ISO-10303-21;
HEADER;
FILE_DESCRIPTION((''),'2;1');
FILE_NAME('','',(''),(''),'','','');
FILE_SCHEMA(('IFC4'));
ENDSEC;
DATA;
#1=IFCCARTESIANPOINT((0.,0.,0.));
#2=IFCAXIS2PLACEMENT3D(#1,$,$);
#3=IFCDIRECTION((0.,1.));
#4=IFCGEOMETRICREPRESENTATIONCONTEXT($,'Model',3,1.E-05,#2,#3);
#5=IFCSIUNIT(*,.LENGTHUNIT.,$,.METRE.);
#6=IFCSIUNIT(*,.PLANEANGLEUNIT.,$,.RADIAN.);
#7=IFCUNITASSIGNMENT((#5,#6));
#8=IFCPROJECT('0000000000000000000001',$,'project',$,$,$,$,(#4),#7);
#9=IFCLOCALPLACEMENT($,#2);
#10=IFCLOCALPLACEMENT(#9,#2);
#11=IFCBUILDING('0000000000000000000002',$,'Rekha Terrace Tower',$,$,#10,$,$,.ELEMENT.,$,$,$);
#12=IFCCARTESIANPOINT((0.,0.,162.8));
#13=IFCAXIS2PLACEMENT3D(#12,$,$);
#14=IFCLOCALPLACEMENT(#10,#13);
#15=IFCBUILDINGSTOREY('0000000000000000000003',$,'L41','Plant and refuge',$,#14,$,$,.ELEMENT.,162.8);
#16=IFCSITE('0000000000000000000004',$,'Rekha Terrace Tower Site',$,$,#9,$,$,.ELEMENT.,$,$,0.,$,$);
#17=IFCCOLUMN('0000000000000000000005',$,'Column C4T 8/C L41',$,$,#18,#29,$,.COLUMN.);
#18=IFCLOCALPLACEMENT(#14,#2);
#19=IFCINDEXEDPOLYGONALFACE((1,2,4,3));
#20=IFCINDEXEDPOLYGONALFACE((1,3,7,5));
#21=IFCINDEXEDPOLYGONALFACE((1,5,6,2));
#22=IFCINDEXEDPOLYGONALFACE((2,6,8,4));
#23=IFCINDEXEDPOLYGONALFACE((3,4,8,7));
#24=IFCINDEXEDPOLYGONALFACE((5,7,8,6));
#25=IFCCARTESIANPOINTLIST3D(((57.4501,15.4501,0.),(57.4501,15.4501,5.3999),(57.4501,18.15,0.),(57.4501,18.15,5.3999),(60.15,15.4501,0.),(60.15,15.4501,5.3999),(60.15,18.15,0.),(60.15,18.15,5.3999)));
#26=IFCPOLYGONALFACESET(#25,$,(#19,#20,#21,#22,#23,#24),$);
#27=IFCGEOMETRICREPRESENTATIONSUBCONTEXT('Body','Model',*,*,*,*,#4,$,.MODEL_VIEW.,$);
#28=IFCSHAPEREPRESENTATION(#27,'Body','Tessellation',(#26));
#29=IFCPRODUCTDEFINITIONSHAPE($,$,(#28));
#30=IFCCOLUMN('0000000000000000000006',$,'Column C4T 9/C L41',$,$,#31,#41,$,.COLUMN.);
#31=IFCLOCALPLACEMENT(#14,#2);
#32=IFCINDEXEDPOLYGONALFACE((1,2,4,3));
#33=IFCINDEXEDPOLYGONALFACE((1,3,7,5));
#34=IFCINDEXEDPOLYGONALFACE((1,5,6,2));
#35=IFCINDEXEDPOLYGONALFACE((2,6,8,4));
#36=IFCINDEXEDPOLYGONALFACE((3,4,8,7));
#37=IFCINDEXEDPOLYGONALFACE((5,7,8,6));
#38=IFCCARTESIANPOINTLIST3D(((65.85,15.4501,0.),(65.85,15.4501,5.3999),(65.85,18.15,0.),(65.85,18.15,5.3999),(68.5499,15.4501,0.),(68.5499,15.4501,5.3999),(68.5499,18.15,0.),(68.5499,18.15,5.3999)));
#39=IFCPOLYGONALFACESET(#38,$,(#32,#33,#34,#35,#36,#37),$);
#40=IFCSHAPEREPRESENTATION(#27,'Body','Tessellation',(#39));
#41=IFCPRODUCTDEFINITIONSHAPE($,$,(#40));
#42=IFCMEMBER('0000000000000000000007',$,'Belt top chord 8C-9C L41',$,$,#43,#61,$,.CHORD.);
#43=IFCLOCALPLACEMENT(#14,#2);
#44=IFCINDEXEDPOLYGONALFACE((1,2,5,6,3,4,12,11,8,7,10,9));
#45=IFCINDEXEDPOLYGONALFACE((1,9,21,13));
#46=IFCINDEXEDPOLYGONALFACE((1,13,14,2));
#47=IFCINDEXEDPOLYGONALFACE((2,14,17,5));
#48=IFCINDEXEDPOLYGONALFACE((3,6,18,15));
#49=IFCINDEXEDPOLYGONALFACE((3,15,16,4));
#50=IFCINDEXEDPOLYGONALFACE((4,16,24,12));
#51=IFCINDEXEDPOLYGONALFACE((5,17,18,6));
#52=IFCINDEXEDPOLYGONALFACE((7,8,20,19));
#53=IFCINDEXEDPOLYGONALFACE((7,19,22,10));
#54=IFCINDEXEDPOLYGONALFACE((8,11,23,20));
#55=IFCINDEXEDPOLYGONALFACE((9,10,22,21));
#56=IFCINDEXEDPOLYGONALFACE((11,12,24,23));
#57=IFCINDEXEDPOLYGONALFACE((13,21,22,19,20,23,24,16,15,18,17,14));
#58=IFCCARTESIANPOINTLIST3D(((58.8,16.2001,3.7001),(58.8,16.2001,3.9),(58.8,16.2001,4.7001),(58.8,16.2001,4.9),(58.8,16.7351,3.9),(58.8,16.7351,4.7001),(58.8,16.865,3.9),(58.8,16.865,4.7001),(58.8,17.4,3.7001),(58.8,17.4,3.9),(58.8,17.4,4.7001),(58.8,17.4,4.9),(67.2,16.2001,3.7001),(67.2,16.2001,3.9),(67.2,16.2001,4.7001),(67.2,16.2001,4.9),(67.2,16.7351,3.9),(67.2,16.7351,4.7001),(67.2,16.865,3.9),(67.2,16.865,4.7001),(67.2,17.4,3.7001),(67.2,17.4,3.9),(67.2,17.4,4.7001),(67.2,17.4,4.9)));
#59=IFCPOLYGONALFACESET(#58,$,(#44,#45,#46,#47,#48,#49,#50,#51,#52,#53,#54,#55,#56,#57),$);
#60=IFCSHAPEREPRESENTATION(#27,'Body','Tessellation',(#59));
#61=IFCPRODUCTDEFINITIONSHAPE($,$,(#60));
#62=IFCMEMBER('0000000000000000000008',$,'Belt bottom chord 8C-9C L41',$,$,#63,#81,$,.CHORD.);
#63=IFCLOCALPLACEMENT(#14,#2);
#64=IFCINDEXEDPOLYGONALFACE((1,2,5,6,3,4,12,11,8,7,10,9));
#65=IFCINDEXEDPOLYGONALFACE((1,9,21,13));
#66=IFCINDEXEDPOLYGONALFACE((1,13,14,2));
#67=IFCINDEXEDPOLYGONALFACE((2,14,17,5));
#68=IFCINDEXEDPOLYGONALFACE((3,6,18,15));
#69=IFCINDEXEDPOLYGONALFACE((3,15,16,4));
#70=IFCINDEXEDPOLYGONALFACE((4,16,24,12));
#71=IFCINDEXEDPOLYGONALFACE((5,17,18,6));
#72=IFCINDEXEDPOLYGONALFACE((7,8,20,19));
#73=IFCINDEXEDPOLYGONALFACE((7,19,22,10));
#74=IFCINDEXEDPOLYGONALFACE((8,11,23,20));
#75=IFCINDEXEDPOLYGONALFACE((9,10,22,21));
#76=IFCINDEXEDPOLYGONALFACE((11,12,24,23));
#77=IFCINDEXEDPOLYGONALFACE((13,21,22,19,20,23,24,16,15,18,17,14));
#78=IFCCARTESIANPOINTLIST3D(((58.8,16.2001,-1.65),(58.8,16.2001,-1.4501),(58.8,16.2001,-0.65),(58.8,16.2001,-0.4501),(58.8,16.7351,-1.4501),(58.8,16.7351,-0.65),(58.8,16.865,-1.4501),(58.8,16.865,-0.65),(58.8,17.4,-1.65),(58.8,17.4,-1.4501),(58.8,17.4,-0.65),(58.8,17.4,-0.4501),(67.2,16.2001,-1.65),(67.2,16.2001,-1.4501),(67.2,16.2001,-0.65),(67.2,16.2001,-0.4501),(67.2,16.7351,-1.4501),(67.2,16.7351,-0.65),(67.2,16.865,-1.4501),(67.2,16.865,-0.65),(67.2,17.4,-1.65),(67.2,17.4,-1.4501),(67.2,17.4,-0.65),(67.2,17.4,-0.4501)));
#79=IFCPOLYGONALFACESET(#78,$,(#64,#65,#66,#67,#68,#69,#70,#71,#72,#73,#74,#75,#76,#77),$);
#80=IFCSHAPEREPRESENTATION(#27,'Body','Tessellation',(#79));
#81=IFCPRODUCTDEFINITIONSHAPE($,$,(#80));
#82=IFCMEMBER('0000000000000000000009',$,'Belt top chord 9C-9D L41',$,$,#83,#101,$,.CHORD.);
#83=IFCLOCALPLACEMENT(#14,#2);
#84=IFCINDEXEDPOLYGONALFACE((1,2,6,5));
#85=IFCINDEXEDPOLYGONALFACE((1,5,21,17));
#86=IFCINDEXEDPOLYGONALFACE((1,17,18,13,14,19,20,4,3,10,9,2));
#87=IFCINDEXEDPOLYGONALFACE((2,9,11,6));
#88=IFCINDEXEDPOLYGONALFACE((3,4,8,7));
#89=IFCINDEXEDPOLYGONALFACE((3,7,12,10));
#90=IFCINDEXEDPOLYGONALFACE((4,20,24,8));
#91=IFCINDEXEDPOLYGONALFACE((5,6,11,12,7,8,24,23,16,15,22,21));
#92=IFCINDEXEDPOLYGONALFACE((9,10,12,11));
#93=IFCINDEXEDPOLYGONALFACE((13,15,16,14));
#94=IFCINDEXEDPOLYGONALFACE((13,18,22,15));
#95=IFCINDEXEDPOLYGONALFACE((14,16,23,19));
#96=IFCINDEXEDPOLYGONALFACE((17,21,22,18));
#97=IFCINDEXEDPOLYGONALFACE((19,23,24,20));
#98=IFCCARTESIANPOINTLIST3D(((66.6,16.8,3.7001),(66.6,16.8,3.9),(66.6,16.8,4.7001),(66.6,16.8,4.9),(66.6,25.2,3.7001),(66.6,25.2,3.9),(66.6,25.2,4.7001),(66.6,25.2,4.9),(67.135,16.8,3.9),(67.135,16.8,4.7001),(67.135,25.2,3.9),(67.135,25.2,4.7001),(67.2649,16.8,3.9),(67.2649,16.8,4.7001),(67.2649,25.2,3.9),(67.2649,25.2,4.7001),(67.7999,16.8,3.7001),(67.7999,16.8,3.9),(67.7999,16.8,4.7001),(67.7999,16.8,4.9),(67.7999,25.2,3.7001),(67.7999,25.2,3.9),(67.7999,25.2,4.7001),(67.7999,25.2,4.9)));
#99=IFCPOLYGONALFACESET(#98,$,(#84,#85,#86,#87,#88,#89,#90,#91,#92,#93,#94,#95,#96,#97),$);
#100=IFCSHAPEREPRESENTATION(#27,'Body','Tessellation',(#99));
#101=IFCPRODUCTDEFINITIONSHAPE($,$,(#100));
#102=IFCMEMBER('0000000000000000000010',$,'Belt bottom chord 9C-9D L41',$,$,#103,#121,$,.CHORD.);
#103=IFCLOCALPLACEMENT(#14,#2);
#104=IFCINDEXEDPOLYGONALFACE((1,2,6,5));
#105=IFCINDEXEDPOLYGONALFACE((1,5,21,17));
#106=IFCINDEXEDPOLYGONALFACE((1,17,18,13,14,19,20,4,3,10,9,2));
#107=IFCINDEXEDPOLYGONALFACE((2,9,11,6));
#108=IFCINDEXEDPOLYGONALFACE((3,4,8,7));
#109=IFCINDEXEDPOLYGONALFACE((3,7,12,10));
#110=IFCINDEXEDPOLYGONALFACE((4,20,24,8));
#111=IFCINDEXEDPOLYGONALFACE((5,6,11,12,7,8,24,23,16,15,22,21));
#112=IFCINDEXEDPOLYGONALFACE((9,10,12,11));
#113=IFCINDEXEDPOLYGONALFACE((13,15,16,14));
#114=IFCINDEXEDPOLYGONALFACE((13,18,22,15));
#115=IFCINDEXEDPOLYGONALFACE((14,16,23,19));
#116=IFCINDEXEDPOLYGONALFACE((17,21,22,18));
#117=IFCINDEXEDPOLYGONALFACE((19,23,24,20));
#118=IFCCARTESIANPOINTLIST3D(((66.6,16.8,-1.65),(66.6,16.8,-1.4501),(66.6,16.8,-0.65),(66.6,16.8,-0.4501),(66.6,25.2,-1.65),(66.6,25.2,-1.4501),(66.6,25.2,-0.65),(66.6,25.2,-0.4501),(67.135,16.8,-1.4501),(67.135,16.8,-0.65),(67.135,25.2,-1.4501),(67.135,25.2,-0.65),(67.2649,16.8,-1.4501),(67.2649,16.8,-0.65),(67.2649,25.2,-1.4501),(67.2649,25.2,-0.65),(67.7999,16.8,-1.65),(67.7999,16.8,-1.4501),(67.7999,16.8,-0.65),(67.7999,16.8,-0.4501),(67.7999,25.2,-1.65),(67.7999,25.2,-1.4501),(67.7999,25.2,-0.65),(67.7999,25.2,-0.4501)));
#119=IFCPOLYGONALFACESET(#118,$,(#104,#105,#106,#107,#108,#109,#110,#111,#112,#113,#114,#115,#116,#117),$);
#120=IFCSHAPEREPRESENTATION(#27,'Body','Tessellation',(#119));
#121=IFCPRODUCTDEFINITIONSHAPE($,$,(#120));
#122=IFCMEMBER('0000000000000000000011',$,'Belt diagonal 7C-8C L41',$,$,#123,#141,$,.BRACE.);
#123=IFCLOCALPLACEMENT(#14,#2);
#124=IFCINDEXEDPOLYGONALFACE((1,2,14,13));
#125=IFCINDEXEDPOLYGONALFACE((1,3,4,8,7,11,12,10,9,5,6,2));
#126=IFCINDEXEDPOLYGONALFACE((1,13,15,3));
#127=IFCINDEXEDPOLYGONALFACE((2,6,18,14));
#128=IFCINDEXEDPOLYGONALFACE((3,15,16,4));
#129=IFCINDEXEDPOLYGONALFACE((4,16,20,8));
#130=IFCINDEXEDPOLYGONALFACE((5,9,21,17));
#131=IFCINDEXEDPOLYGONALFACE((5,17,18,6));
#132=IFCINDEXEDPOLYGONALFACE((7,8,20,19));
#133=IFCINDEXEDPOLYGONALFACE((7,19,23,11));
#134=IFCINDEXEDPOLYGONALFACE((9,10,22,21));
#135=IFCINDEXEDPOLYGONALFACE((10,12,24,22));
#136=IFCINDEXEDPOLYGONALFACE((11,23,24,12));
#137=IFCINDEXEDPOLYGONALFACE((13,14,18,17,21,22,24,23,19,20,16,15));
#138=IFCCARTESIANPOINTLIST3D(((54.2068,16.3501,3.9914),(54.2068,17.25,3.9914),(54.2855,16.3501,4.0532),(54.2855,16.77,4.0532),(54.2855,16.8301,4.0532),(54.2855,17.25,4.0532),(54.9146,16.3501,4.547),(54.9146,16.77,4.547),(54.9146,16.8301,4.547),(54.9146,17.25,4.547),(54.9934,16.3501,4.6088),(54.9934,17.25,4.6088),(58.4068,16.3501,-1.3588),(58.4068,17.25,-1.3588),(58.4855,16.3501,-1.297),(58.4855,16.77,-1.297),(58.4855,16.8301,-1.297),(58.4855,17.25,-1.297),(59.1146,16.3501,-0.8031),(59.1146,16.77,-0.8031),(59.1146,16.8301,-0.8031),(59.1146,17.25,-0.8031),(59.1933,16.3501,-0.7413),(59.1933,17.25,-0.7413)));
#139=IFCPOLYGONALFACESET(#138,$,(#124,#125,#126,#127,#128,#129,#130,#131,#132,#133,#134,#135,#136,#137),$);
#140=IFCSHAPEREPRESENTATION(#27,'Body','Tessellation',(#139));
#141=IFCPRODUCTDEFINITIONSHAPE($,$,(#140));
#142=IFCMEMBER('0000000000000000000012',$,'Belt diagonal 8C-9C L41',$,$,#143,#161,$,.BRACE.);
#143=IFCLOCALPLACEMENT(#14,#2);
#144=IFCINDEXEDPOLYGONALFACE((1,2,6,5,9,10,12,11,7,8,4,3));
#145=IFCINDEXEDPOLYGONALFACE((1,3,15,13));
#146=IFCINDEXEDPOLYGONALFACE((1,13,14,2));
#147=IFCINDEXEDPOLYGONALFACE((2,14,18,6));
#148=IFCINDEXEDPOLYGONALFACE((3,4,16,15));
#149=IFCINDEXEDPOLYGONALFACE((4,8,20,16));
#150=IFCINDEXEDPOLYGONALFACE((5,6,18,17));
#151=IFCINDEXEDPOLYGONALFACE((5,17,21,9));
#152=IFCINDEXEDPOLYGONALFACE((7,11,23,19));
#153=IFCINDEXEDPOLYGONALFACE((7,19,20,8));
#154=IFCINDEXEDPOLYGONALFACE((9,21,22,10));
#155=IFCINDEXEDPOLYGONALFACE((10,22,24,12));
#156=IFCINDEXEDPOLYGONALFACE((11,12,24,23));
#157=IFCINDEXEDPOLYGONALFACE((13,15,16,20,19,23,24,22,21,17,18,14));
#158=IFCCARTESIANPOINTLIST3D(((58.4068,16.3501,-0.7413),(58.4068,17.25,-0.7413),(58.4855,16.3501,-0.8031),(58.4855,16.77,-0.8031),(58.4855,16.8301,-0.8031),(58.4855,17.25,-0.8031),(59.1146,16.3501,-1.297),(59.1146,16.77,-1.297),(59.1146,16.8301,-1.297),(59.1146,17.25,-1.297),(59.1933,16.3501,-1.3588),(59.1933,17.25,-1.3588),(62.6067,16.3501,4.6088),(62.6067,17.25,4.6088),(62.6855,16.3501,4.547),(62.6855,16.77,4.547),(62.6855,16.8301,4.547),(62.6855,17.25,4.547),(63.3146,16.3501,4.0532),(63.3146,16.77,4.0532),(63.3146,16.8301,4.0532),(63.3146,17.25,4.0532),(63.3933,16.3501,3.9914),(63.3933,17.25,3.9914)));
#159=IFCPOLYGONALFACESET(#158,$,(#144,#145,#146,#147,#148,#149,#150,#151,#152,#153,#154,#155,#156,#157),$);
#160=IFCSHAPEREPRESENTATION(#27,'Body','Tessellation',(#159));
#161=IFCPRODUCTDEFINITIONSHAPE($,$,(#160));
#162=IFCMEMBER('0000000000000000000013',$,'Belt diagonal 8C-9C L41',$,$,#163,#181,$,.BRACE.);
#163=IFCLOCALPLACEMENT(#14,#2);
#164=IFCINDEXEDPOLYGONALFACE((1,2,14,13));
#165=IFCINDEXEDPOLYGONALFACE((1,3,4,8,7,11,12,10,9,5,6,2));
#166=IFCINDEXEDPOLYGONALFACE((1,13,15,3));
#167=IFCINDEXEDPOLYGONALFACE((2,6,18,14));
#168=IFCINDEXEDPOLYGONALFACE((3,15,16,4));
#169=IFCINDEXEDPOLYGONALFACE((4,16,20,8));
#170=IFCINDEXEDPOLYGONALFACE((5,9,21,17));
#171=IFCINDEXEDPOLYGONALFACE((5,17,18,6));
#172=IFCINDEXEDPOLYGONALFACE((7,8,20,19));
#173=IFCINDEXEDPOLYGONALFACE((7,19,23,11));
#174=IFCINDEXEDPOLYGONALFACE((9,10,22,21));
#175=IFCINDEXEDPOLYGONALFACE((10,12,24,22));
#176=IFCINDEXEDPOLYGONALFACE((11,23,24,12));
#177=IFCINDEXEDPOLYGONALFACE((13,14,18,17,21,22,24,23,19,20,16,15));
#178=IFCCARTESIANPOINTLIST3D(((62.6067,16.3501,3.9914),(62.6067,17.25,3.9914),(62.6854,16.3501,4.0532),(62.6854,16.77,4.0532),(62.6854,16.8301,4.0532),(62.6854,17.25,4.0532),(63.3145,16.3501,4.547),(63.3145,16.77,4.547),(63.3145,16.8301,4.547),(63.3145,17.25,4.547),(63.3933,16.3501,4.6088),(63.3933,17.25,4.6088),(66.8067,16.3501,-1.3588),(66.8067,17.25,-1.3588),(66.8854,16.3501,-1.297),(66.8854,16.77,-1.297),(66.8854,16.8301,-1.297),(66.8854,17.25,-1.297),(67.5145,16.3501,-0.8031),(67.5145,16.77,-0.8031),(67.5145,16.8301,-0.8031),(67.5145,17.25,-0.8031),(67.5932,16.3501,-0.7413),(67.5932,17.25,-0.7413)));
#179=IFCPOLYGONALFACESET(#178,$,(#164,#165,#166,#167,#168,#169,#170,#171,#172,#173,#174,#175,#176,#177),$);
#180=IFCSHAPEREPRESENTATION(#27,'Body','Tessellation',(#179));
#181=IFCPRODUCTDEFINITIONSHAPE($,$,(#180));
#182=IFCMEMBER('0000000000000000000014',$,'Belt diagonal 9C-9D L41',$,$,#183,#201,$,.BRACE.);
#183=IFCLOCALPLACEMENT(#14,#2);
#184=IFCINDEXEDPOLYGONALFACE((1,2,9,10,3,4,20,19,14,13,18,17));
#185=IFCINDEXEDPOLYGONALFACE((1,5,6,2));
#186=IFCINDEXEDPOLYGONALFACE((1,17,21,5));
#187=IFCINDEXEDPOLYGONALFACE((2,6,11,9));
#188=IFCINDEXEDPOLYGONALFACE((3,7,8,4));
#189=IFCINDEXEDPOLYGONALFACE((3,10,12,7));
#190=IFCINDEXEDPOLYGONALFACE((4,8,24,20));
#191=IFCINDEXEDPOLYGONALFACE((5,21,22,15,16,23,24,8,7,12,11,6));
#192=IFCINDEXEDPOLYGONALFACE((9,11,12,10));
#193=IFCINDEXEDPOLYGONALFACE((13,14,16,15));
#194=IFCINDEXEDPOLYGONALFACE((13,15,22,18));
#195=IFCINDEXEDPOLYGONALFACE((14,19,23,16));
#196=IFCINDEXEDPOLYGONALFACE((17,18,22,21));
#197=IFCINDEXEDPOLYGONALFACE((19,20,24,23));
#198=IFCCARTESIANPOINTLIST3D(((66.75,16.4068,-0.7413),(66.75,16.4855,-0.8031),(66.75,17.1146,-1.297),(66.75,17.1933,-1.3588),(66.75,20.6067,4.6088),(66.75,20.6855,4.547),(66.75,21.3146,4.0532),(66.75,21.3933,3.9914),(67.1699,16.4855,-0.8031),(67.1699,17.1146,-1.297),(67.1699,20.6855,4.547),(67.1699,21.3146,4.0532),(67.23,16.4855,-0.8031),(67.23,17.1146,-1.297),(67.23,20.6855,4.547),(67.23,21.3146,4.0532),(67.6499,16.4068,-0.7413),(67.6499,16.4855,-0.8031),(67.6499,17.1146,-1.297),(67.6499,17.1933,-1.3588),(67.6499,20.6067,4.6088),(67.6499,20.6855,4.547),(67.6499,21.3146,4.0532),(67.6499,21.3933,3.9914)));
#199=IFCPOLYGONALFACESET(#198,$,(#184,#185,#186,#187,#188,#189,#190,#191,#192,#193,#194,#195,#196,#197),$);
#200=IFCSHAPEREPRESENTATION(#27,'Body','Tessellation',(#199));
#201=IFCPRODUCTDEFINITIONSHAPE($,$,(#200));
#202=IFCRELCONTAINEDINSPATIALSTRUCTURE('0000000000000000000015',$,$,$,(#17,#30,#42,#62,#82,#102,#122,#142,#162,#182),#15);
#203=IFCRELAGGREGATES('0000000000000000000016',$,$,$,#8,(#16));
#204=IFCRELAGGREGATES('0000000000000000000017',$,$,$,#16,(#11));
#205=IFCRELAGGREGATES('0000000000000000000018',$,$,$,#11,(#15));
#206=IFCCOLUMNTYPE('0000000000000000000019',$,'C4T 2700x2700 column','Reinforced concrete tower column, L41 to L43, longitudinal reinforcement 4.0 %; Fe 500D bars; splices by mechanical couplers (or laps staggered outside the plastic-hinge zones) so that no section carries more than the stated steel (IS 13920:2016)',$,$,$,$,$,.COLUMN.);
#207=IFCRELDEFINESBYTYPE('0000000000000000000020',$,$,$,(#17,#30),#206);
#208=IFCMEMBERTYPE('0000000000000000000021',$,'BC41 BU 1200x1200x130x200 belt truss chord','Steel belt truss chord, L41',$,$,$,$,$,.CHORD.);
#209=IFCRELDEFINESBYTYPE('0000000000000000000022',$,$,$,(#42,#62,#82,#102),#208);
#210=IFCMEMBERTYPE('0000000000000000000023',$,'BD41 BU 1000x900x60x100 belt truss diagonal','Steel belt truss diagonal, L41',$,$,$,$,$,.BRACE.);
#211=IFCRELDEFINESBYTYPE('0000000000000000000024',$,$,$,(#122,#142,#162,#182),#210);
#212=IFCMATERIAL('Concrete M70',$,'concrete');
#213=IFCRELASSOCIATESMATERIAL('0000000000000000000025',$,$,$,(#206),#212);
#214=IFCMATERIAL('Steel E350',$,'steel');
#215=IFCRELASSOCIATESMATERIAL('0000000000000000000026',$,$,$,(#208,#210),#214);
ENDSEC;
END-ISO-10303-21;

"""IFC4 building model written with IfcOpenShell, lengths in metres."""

from ifc_helpers import new_model, si_unit, direction, frame, origin, origin_2d, place, context, subcontext, project, spatial, rectangle, i_section, extrude, material, material_profile, profile_set, type_object, element, save


model = new_model("IFC4")

# Units and contexts
model_context = context("Model", 3, precision=1e-05, world=origin(), true_north=direction((0.0, 1.0)))
body_context = subcontext(model_context, "Body", "Model", "MODEL_VIEW")
ifc_project = project(units=[si_unit("LENGTHUNIT", "METRE"), si_unit("PLANEANGLEUNIT", "RADIAN")], contexts=[model_context])

# Site, building, storey
site_placement = place(None, origin())
site = spatial("IfcSite", under=ifc_project, at=site_placement, Name="Rekha Terrace Tower Site", CompositionType="ELEMENT", RefElevation=0.0)
building_placement = place(site_placement, origin())
building = spatial("IfcBuilding", under=site, at=building_placement, Name="Rekha Terrace Tower", CompositionType="ELEMENT")
storey_placement = place(building_placement, frame((0.0, 0.0, 162.8)))
storey = spatial("IfcBuildingStorey", under=building, at=storey_placement, Name="L41", Description="Plant and refuge", CompositionType="ELEMENT", Elevation=162.8)

# Columns
ifc_material_1 = material(Name="Concrete M70", Category="concrete")
ifc_material_profile_1 = material_profile(ifc_material_1, rectangle(XDim=2.7, YDim=2.7, at=origin_2d()), Name="RC 2700x2700")
ifc_profile_set_1 = profile_set([ifc_material_profile_1], Name="Concrete M70")
column_type = type_object("IfcColumnType", Name="C4T 2700x2700 column", Description="Reinforced concrete tower column, L41 to L43, longitudinal reinforcement 4.0 %; Fe 500D bars; splices by mechanical couplers (or laps staggered outside the plastic-hinge zones) so that no section carries more than the stated steel (IS 13920:2016)", PredefinedType="COLUMN", material=ifc_profile_set_1)
for number, where, z_axis, x_axis, name in (
    (1, (58.8, 16.8, 0.0), (0.0, 0.0, 1.0), (1.0, 0.0, 0.0), "Column C4T 8/C L41"),
    (2, (67.2, 16.8, 0.0), (0.0, 0.0, 1.0), (1.0, 0.0, 0.0), "Column C4T 9/C L41"),
):
    element("IfcColumn", number, at=place(storey_placement, frame(where, z_axis=z_axis, x_axis=x_axis)), inside=storey, type_object=column_type, Name=name, PredefinedType="COLUMN", context=body_context, shape_type="SweptSolid", body=[
        extrude(rectangle(XDim=2.7, YDim=2.7, at=origin_2d()), origin(), (0.0, 0.0, 1.0), 5.3999),
    ])

# Members
ifc_material_2 = material(Name="Steel E350", Category="steel")
ifc_material_profile_2 = material_profile(ifc_material_2, i_section(OverallWidth=1.2, OverallDepth=1.2, WebThickness=0.1299, FlangeThickness=0.2, at=origin_2d()), Name="BU 1200x1200x130x200")
ifc_profile_set_2 = profile_set([ifc_material_profile_2], Name="Steel E350")
member_type_1 = type_object("IfcMemberType", Name="BC41 BU 1200x1200x130x200 belt truss chord", Description="Steel belt truss chord, L41", PredefinedType="CHORD", material=ifc_profile_set_2)
for number, where, z_axis, x_axis, name in (
    (3, (58.8, 16.8, 4.3), (1.0, 0.0, 0.0), (0.0, 1.0, 0.0), "Belt top chord 8C-9C L41"),
    (4, (58.8, 16.8, -1.05), (1.0, 0.0, 0.0), (0.0, 1.0, 0.0), "Belt bottom chord 8C-9C L41"),
    (5, (67.2, 16.8, 4.3), (0.0, 1.0, 0.0), (-1.0, 0.0, 0.0), "Belt top chord 9C-9D L41"),
    (6, (67.2, 16.8, -1.05), (0.0, 1.0, 0.0), (-1.0, 0.0, 0.0), "Belt bottom chord 9C-9D L41"),
):
    element("IfcMember", number, at=place(storey_placement, frame(where, z_axis=z_axis, x_axis=x_axis)), inside=storey, type_object=member_type_1, Name=name, PredefinedType="CHORD", context=body_context, shape_type="SweptSolid", body=[
        extrude(i_section(OverallWidth=1.2, OverallDepth=1.2, WebThickness=0.1299, FlangeThickness=0.2, at=origin_2d()), origin(), (0.0, 0.0, 1.0), 8.3999),
    ])
ifc_material_profile_3 = material_profile(ifc_material_2, i_section(OverallWidth=0.8999, OverallDepth=1.0, WebThickness=0.0601, FlangeThickness=0.1001, at=origin_2d()), Name="BU 1000x900x60x100")
ifc_profile_set_3 = profile_set([ifc_material_profile_3], Name="Steel E350")
member_type_2 = type_object("IfcMemberType", Name="BD41 BU 1000x900x60x100 belt truss diagonal", Description="Steel belt truss diagonal, L41", PredefinedType="BRACE", material=ifc_profile_set_3)
for number, where, z_axis, x_axis, name in (
    (7, (58.8, 16.8, -1.05), (-0.617485, 0.0, 0.786582), (0.0, -1.0, 0.0), "Belt diagonal 7C-8C L41"),
    (8, (58.8, 16.8, -1.05), (0.617485, 0.0, 0.786582), (0.0, 1.0, 0.0), "Belt diagonal 8C-9C L41"),
    (9, (67.2, 16.8, -1.05), (-0.617485, 0.0, 0.786582), (0.0, -1.0, 0.0), "Belt diagonal 8C-9C L41"),
    (10, (67.2, 16.8, -1.05), (0.0, 0.617485, 0.786582), (-1.0, 0.0, 0.0), "Belt diagonal 9C-9D L41"),
):
    element("IfcMember", number, at=place(storey_placement, frame(where, z_axis=z_axis, x_axis=x_axis)), inside=storey, type_object=member_type_2, Name=name, PredefinedType="BRACE", context=body_context, shape_type="SweptSolid", body=[
        extrude(i_section(OverallWidth=0.8999, OverallDepth=1.0, WebThickness=0.0601, FlangeThickness=0.1001, at=origin_2d()), origin(), (0.0, 0.0, 1.0), 6.8018),
    ])

save(model, "model.ifc")
